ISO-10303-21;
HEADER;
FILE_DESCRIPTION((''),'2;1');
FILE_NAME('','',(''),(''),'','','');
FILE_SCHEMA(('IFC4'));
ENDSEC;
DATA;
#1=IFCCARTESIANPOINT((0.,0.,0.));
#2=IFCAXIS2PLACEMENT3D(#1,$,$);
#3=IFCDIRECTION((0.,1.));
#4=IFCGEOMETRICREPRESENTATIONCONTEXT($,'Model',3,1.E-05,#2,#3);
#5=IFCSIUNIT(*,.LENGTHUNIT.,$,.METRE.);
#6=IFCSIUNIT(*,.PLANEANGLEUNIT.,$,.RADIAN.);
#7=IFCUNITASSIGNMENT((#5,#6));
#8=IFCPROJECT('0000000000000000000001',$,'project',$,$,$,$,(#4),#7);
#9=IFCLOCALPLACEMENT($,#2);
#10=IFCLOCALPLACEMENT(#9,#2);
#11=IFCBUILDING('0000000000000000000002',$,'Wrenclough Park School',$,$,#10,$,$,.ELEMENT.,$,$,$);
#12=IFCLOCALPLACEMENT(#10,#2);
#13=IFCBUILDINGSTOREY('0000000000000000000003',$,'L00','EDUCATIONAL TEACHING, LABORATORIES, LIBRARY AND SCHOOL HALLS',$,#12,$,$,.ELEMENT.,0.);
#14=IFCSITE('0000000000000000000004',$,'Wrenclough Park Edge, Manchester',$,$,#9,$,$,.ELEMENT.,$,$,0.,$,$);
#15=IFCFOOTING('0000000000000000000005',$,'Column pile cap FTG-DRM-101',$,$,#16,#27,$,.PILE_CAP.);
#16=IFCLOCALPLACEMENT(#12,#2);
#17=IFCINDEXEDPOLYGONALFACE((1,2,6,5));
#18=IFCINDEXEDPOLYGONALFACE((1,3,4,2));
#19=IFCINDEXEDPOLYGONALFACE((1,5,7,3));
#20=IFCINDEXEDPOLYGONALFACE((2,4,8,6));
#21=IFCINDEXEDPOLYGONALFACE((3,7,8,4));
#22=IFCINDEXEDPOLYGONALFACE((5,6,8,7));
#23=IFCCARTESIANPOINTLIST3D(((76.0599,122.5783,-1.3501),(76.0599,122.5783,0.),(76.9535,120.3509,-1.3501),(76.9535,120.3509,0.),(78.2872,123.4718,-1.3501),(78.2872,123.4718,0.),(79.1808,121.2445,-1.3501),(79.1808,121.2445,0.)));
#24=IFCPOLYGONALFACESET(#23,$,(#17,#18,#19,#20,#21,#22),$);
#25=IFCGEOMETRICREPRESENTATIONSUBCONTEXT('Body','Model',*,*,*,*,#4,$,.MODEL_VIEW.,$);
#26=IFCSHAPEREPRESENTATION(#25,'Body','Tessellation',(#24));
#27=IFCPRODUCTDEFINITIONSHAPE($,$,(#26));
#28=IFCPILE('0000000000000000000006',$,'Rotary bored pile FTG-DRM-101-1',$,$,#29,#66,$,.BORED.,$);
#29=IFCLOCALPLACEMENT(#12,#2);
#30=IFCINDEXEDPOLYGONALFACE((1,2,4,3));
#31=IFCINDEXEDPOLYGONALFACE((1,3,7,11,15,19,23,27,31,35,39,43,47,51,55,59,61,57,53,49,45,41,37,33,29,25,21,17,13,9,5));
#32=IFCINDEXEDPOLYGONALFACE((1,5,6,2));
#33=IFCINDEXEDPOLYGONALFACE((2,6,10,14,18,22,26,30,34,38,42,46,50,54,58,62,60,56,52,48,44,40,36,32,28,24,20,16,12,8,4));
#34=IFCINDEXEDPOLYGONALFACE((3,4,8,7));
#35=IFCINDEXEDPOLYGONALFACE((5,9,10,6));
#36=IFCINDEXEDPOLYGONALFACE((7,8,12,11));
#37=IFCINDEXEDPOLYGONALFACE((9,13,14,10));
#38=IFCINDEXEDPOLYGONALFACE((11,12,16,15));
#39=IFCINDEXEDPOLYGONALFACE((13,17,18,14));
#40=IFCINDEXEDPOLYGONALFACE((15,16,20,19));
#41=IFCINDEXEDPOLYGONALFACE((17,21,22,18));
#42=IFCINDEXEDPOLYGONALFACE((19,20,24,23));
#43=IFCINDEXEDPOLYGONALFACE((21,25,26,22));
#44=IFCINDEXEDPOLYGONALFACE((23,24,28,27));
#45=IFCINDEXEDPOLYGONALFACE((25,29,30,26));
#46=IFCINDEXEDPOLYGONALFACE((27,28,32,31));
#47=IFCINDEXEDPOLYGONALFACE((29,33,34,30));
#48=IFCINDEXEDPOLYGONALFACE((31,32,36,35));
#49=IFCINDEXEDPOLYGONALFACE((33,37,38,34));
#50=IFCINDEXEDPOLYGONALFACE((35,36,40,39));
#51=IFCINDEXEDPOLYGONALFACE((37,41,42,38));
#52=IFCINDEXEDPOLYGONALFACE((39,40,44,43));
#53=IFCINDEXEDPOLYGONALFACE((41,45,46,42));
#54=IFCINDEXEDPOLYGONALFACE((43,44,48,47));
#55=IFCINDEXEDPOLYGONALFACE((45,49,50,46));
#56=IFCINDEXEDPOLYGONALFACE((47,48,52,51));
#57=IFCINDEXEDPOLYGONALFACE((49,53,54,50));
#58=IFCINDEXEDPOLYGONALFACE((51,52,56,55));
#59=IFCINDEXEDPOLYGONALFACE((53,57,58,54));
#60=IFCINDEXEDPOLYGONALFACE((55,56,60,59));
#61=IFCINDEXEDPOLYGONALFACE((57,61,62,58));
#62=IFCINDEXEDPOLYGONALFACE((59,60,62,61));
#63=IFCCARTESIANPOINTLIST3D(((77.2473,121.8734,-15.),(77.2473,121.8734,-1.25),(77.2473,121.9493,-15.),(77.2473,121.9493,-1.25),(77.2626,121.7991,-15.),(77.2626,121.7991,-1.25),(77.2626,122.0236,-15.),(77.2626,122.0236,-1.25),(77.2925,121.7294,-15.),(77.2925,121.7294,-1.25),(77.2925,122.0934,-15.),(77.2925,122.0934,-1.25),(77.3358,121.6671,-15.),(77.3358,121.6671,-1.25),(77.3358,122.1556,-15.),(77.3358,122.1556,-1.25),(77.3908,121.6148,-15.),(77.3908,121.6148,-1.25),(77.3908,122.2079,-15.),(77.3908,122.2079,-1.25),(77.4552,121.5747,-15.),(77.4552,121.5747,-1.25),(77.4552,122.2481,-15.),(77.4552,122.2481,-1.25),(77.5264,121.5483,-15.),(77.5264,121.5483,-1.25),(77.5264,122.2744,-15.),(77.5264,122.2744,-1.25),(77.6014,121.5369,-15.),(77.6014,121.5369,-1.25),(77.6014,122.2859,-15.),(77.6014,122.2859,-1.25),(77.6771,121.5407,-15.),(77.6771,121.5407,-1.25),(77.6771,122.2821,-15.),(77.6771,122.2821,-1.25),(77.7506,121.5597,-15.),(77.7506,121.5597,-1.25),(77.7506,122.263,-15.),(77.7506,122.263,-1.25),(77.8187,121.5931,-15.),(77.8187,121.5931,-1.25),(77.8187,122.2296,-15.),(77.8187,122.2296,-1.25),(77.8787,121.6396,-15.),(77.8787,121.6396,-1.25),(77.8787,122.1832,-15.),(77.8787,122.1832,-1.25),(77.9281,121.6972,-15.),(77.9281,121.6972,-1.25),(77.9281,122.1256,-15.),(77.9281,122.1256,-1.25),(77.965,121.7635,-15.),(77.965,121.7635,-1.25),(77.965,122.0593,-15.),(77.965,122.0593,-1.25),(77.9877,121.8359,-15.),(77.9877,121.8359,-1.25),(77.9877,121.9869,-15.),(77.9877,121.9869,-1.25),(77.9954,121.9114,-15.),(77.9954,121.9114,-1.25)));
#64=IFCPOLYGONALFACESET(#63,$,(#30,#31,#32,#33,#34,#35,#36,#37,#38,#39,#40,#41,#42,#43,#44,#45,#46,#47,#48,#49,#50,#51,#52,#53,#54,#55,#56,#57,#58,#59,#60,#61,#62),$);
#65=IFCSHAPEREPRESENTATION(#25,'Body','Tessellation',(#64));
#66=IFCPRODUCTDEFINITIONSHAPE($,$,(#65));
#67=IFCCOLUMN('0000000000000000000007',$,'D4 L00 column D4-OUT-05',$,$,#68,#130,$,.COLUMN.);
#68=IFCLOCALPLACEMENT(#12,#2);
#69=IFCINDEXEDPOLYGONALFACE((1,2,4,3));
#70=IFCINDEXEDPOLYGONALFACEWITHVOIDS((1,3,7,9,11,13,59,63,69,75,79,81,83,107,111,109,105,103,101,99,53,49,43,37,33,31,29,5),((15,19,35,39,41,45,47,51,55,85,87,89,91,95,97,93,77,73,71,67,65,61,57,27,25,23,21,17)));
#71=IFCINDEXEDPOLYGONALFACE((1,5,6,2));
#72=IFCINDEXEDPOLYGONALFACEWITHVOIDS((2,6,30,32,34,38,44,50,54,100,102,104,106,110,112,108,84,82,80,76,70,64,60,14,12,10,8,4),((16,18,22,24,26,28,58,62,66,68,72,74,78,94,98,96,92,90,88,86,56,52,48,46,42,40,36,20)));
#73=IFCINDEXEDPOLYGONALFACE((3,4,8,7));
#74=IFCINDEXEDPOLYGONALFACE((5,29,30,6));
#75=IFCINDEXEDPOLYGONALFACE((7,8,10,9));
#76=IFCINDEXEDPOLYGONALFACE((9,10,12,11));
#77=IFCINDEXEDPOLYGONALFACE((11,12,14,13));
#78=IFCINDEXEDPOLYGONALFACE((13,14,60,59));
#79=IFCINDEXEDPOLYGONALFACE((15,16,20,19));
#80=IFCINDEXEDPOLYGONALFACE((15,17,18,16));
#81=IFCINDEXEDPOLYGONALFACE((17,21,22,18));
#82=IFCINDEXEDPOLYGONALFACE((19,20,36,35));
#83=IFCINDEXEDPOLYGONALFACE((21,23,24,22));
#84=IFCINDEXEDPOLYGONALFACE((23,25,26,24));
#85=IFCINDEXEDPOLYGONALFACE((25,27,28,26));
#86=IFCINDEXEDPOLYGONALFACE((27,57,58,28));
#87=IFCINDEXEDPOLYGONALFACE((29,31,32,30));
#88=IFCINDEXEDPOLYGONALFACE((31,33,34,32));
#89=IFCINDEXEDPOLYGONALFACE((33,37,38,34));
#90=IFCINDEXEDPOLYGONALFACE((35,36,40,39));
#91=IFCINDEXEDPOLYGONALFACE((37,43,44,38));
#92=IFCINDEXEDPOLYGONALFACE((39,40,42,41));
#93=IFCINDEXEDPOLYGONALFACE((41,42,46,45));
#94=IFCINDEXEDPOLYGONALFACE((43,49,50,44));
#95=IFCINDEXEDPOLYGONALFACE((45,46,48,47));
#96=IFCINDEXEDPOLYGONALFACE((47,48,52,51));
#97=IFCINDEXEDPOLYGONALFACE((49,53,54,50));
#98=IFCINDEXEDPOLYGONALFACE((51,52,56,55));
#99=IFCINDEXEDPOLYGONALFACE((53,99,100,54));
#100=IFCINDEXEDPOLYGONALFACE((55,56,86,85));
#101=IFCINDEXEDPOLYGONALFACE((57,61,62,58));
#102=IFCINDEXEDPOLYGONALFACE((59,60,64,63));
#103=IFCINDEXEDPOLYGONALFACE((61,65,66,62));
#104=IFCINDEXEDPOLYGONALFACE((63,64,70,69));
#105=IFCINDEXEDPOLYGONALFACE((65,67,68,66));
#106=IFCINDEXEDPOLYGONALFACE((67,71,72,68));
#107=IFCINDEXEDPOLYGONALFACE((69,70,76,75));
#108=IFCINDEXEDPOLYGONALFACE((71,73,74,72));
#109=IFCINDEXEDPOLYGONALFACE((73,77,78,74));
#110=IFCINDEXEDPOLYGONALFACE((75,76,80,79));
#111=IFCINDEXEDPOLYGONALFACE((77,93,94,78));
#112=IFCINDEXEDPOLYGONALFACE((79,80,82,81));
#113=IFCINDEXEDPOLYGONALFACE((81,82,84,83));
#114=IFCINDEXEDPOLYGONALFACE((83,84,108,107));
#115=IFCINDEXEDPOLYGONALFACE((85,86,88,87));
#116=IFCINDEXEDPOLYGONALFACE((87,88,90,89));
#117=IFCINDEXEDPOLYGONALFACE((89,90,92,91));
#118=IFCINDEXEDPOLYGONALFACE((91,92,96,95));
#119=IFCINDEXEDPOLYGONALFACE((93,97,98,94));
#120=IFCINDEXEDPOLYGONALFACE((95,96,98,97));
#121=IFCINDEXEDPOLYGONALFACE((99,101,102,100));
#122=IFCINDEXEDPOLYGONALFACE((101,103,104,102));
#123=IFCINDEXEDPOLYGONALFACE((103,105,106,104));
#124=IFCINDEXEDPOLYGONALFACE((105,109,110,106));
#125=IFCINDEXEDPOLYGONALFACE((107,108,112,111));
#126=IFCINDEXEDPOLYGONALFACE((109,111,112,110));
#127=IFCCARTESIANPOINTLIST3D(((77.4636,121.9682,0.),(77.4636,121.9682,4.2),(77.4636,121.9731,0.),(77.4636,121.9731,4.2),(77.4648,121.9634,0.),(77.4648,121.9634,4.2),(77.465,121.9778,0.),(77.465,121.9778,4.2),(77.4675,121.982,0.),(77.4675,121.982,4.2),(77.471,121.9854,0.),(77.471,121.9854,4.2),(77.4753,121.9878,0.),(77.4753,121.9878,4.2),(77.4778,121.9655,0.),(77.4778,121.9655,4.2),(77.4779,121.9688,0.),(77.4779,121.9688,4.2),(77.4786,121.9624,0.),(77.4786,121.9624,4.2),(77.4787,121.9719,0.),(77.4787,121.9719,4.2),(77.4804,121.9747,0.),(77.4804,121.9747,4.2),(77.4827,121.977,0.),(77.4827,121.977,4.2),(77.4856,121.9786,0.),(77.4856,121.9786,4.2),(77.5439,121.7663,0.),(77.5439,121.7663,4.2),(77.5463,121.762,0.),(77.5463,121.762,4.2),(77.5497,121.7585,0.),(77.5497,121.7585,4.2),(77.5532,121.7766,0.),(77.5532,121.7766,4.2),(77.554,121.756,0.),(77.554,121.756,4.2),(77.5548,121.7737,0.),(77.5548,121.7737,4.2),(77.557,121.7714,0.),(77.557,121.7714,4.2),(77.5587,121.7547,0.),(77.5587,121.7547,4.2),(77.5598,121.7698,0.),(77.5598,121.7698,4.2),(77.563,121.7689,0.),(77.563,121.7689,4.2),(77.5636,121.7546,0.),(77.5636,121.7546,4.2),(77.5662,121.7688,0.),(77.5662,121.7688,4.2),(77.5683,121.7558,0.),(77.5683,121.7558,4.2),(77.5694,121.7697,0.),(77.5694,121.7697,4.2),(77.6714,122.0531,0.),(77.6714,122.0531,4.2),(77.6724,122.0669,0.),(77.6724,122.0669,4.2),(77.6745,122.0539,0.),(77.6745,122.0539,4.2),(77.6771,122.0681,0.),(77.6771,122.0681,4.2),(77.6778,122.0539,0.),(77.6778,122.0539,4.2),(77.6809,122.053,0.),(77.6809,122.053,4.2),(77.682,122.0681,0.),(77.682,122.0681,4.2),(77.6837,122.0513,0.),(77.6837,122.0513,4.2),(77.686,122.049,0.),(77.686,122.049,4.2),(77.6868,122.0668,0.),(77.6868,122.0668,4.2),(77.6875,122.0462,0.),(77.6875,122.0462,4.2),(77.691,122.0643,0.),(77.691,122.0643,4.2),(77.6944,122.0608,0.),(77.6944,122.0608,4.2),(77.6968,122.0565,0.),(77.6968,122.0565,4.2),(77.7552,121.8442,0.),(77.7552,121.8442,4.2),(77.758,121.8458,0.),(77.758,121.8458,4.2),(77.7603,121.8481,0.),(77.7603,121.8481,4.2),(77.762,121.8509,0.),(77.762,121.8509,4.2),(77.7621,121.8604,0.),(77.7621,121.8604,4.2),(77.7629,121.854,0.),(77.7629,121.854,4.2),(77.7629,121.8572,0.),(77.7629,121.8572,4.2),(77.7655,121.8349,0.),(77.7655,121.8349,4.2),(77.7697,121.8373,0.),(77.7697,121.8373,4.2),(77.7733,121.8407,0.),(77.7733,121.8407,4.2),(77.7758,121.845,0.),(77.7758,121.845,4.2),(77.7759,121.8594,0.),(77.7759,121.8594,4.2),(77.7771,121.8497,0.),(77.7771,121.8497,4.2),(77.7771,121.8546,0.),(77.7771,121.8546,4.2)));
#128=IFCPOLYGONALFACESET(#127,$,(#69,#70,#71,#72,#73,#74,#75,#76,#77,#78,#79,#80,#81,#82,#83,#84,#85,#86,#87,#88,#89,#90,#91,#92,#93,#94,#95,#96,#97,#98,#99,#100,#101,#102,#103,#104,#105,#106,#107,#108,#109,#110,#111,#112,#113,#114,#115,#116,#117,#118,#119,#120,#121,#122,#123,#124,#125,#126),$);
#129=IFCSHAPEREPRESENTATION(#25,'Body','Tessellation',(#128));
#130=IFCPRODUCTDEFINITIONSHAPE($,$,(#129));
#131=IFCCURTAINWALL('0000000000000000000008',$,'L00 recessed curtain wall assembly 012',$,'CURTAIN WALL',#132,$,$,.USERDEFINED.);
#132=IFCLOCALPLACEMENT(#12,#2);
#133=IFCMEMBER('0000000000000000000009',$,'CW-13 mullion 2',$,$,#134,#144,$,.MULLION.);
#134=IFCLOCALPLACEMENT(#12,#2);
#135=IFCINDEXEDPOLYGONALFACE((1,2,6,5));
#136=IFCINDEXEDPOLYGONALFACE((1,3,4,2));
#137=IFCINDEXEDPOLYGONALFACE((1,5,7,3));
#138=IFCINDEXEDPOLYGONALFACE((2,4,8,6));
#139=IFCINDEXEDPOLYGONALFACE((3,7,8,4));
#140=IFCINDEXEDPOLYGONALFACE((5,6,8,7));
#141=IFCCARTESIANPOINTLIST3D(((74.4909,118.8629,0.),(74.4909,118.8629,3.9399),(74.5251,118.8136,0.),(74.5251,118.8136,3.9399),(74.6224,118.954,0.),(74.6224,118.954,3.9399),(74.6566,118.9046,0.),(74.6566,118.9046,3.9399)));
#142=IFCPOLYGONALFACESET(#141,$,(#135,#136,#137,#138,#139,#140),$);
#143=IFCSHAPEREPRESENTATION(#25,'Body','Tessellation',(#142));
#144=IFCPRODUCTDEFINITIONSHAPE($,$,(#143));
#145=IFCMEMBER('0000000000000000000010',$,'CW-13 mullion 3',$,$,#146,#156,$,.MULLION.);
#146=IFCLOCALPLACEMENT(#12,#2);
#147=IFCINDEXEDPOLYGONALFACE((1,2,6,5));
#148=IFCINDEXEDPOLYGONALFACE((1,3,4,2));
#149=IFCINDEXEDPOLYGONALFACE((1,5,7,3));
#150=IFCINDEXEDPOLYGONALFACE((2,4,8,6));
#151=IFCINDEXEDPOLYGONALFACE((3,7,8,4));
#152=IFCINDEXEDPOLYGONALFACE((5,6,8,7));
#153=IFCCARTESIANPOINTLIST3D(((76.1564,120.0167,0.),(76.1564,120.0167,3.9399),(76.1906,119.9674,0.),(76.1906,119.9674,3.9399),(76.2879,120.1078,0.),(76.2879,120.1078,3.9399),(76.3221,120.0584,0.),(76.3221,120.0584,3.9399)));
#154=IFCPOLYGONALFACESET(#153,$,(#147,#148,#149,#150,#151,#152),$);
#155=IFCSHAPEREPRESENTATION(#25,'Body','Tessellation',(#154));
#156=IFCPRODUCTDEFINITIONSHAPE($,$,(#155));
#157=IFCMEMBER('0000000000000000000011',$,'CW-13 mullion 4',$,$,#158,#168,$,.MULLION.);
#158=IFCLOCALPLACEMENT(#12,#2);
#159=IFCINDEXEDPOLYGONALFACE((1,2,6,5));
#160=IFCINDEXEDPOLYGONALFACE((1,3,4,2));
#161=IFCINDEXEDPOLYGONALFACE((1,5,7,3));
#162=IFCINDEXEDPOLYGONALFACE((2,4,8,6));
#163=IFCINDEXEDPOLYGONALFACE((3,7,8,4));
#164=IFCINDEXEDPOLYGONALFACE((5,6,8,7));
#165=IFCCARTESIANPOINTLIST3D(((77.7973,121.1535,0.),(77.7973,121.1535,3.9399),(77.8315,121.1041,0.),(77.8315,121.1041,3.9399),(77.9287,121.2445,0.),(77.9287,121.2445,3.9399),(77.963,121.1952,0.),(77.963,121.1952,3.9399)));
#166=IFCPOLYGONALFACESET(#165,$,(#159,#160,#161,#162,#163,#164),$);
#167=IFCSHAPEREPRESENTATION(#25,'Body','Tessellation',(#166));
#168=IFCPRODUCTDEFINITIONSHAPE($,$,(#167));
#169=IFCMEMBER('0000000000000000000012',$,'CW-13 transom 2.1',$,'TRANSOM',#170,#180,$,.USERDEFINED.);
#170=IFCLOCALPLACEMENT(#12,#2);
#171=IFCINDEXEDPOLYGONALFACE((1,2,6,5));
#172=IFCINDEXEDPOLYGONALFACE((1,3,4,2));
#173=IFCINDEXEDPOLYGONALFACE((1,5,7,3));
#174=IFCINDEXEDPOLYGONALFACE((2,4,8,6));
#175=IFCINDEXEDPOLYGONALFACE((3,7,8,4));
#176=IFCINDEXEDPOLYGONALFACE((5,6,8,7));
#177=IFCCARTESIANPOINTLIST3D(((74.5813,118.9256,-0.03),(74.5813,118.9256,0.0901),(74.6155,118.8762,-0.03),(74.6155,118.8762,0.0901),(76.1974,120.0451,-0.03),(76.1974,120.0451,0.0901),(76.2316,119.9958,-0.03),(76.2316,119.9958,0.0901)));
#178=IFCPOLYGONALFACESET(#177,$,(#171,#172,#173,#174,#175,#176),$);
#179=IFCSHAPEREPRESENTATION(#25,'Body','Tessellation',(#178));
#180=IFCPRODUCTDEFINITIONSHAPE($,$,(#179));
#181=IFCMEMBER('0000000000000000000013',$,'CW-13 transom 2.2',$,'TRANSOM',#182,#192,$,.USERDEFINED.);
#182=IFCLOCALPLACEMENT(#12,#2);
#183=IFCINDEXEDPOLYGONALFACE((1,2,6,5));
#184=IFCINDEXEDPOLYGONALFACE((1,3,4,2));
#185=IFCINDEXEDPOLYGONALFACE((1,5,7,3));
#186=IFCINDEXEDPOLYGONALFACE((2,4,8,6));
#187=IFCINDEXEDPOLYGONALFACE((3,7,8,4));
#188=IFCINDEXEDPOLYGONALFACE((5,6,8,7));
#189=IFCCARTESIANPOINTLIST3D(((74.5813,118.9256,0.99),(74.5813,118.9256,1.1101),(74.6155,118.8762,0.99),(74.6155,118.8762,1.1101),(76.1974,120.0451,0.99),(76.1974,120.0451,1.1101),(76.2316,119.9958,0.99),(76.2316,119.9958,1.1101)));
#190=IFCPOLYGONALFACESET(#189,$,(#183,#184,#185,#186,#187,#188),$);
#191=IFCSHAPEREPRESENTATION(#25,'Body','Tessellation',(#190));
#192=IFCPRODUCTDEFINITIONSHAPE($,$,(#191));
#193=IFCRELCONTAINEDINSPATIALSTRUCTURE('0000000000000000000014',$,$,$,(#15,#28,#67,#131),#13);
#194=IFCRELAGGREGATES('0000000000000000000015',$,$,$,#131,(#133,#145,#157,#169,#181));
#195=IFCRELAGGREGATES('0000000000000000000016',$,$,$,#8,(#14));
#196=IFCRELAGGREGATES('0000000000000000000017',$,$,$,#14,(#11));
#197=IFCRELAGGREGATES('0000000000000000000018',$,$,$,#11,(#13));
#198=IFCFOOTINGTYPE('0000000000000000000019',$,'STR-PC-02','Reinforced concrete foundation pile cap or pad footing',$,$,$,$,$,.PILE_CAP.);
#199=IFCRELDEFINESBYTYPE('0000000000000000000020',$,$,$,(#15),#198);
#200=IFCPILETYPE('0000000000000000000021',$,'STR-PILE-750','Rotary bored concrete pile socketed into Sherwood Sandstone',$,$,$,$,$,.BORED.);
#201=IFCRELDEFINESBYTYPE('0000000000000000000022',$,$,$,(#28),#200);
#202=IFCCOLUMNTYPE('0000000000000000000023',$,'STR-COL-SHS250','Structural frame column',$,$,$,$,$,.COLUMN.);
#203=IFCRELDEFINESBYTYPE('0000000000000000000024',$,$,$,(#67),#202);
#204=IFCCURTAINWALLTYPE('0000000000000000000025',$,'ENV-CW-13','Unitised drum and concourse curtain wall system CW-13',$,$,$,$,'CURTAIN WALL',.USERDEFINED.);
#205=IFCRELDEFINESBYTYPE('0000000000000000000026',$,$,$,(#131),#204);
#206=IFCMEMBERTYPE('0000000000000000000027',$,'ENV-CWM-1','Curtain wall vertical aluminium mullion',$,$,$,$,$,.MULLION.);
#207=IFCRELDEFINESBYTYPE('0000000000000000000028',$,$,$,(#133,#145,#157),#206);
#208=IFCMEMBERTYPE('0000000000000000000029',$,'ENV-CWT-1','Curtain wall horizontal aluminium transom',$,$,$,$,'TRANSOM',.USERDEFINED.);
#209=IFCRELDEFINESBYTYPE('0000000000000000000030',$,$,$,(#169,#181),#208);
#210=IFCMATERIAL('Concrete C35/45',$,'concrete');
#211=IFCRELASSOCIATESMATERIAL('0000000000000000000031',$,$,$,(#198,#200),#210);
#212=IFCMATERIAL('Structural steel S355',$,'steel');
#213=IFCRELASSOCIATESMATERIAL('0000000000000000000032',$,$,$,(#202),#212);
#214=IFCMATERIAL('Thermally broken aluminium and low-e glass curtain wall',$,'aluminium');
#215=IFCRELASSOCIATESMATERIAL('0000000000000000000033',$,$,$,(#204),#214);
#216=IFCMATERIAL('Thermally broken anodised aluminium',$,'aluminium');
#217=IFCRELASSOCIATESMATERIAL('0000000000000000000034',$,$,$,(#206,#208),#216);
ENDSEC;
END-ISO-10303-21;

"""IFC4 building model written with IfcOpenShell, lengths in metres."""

from ifc_helpers import new_model, si_unit, direction, frame, origin, origin_2d, place, context, subcontext, project, spatial, rectangle, hollow_rectangle, circle, extrude, material, material_profile, profile_set, type_object, element, aggregate, save


model = new_model("IFC4")

# Units and contexts
model_context = context("Model", 3, precision=1e-05, world=origin(), true_north=direction((0.0, 1.0)))
body_context = subcontext(model_context, "Body", "Model", "MODEL_VIEW")
ifc_project = project(units=[si_unit("LENGTHUNIT", "METRE"), si_unit("PLANEANGLEUNIT", "RADIAN")], contexts=[model_context])

# Site, building, storey
site_placement = place(None, origin())
site = spatial("IfcSite", under=ifc_project, at=site_placement, Name="Wrenclough Park Edge, Manchester", CompositionType="ELEMENT", RefElevation=0.0)
building_placement = place(site_placement, origin())
building = spatial("IfcBuilding", under=site, at=building_placement, Name="Wrenclough Park School", CompositionType="ELEMENT")
storey_placement = place(building_placement, origin())
storey = spatial("IfcBuildingStorey", under=building, at=storey_placement, Name="L00", Description="EDUCATIONAL TEACHING, LABORATORIES, LIBRARY AND SCHOOL HALLS", CompositionType="ELEMENT", Elevation=0.0)

# Footing
ifc_material_1 = material(Name="Concrete C35/45", Category="concrete")
footing_type = type_object("IfcFootingType", Name="STR-PC-02", Description="Reinforced concrete foundation pile cap or pad footing", PredefinedType="PILE_CAP", material=ifc_material_1)
footing_placement = place(storey_placement, frame((77.6204, 121.9114, -1.3501), z_axis=(0.0, 0.0, 1.0), x_axis=(-0.928096, -0.37234, 0.0)))
element("IfcFooting", 1, at=footing_placement, inside=storey, type_object=footing_type, Name="Column pile cap FTG-DRM-101", PredefinedType="PILE_CAP", context=body_context, shape_type="SweptSolid", body=[
    extrude(rectangle(XDim=2.3999, YDim=2.3999, at=origin_2d()), origin(), (0.0, 0.0, 1.0), 1.3501),
])

# Pile
ifc_material_profile_1 = material_profile(ifc_material_1, circle(Radius=0.375, at=origin_2d()), Name="BORED PILE D750")
ifc_profile_set_1 = profile_set([ifc_material_profile_1], Name="Concrete C35/45")
pile_type = type_object("IfcPileType", Name="STR-PILE-750", Description="Rotary bored concrete pile socketed into Sherwood Sandstone", PredefinedType="BORED", material=ifc_profile_set_1)
pile_placement = place(storey_placement, frame((77.6204, 121.9114, -1.25), z_axis=(0.0, 0.0, -1.0), x_axis=(1.0, 0.0, 0.0)))
element("IfcPile", 2, at=pile_placement, inside=storey, type_object=pile_type, Name="Rotary bored pile FTG-DRM-101-1", PredefinedType="BORED", context=body_context, shape_type="SweptSolid", body=[
    extrude(circle(Radius=0.375, at=origin_2d()), origin(), (0.0, 0.0, 1.0), 13.75),
])

# Column
ifc_material_2 = material(Name="Structural steel S355", Category="steel")
ifc_material_profile_2 = material_profile(ifc_material_2, hollow_rectangle(XDim=0.25, YDim=0.25, WallThickness=0.0125, InnerFilletRadius=0.0125, OuterFilletRadius=0.0188, at=origin_2d()), Name="SHS 250x250x12.5")
ifc_profile_set_2 = profile_set([ifc_material_profile_2], Name="Structural steel S355")
column_type = type_object("IfcColumnType", Name="STR-COL-SHS250", Description="Structural frame column", PredefinedType="COLUMN", material=ifc_profile_set_2)
column_placement = place(storey_placement, frame((77.6204, 121.9114, 0.0), z_axis=(0.0, 0.0, 1.0), x_axis=(-0.928096, -0.37234, 0.0)))
element("IfcColumn", 3, at=column_placement, inside=storey, type_object=column_type, Name="D4 L00 column D4-OUT-05", PredefinedType="COLUMN", context=body_context, shape_type="SweptSolid", body=[
    extrude(hollow_rectangle(XDim=0.25, YDim=0.25, WallThickness=0.0125, InnerFilletRadius=0.0125, OuterFilletRadius=0.0188, at=origin_2d()), origin(), (0.0, 0.0, 1.0), 4.2),
])

# Curtain wall, members
ifc_material_3 = material(Name="Thermally broken aluminium and low-e glass curtain wall", Category="aluminium")
curtain_wall_type = type_object("IfcCurtainWallType", Name="ENV-CW-13", Description="Unitised drum and concourse curtain wall system CW-13", ElementType="CURTAIN WALL", PredefinedType="USERDEFINED", material=ifc_material_3)
curtain_wall_placement = place(storey_placement, origin())
curtain_wall = element("IfcCurtainWall", 4, at=curtain_wall_placement, inside=storey, type_object=curtain_wall_type, Name="L00 recessed curtain wall assembly 012", ObjectType="CURTAIN WALL", PredefinedType="USERDEFINED")
ifc_material_4 = material(Name="Thermally broken anodised aluminium", Category="aluminium")
ifc_material_profile_3 = material_profile(ifc_material_4, rectangle(XDim=0.0601, YDim=0.1599, at=origin_2d()), Name="AL MULLION 60x160")
ifc_profile_set_3 = profile_set([ifc_material_profile_3], Name="Thermally broken anodised aluminium")
member_type_1 = type_object("IfcMemberType", Name="ENV-CWM-1", Description="Curtain wall vertical aluminium mullion", PredefinedType="MULLION", material=ifc_profile_set_3)
member_1_placement = place(storey_placement, frame((74.5737, 118.8838, 0.0), z_axis=(0.0, 0.0, 1.0), x_axis=(-0.569486, 0.822001, 0.0)))
member_1 = element("IfcMember", 5, at=member_1_placement, type_object=member_type_1, Name="CW-13 mullion 2", PredefinedType="MULLION", context=body_context, shape_type="SweptSolid", body=[
    extrude(rectangle(XDim=0.0601, YDim=0.1599, at=origin_2d()), origin(), (0.0, 0.0, 1.0), 3.9399),
])
member_2_placement = place(storey_placement, frame((76.2393, 120.0376, 0.0), z_axis=(0.0, 0.0, 1.0), x_axis=(-0.569486, 0.822001, 0.0)))
member_2 = element("IfcMember", 6, at=member_2_placement, type_object=member_type_1, Name="CW-13 mullion 3", PredefinedType="MULLION", context=body_context, shape_type="SweptSolid", body=[
    extrude(rectangle(XDim=0.0601, YDim=0.1599, at=origin_2d()), origin(), (0.0, 0.0, 1.0), 3.9399),
])
member_3_placement = place(storey_placement, frame((77.8801, 121.1743, 0.0), z_axis=(0.0, 0.0, 1.0), x_axis=(-0.569486, 0.822001, 0.0)))
member_3 = element("IfcMember", 7, at=member_3_placement, type_object=member_type_1, Name="CW-13 mullion 4", PredefinedType="MULLION", context=body_context, shape_type="SweptSolid", body=[
    extrude(rectangle(XDim=0.0601, YDim=0.1599, at=origin_2d()), origin(), (0.0, 0.0, 1.0), 3.9399),
])
ifc_material_profile_4 = material_profile(ifc_material_4, rectangle(XDim=0.0601, YDim=0.1201, at=origin_2d()), Name="AL TRANSOM 60x120")
ifc_profile_set_4 = profile_set([ifc_material_profile_4], Name="Thermally broken anodised aluminium")
member_type_2 = type_object("IfcMemberType", Name="ENV-CWT-1", Description="Curtain wall horizontal aluminium transom", ElementType="TRANSOM", PredefinedType="USERDEFINED", material=ifc_profile_set_4)
member_4_placement = place(storey_placement, frame((74.5984, 118.9009, 0.03), z_axis=(0.822022, 0.569455, 0.0), x_axis=(-0.569455, 0.822022, 0.0)))
member_4 = element("IfcMember", 8, at=member_4_placement, type_object=member_type_2, Name="CW-13 transom 2.1", ObjectType="TRANSOM", PredefinedType="USERDEFINED", context=body_context, shape_type="SweptSolid", body=[
    extrude(rectangle(XDim=0.0601, YDim=0.1201, at=origin_2d()), origin(), (0.0, 0.0, 1.0), 1.9661),
])
member_5_placement = place(storey_placement, frame((74.5984, 118.9009, 1.05), z_axis=(0.822022, 0.569455, 0.0), x_axis=(-0.569455, 0.822022, 0.0)))
member_5 = element("IfcMember", 9, at=member_5_placement, type_object=member_type_2, Name="CW-13 transom 2.2", ObjectType="TRANSOM", PredefinedType="USERDEFINED", context=body_context, shape_type="SweptSolid", body=[
    extrude(rectangle(XDim=0.0601, YDim=0.1201, at=origin_2d()), origin(), (0.0, 0.0, 1.0), 1.9661),
])

aggregate(curtain_wall, [member_1, member_2, member_3, member_4, member_5])

save(model, "model.ifc")
